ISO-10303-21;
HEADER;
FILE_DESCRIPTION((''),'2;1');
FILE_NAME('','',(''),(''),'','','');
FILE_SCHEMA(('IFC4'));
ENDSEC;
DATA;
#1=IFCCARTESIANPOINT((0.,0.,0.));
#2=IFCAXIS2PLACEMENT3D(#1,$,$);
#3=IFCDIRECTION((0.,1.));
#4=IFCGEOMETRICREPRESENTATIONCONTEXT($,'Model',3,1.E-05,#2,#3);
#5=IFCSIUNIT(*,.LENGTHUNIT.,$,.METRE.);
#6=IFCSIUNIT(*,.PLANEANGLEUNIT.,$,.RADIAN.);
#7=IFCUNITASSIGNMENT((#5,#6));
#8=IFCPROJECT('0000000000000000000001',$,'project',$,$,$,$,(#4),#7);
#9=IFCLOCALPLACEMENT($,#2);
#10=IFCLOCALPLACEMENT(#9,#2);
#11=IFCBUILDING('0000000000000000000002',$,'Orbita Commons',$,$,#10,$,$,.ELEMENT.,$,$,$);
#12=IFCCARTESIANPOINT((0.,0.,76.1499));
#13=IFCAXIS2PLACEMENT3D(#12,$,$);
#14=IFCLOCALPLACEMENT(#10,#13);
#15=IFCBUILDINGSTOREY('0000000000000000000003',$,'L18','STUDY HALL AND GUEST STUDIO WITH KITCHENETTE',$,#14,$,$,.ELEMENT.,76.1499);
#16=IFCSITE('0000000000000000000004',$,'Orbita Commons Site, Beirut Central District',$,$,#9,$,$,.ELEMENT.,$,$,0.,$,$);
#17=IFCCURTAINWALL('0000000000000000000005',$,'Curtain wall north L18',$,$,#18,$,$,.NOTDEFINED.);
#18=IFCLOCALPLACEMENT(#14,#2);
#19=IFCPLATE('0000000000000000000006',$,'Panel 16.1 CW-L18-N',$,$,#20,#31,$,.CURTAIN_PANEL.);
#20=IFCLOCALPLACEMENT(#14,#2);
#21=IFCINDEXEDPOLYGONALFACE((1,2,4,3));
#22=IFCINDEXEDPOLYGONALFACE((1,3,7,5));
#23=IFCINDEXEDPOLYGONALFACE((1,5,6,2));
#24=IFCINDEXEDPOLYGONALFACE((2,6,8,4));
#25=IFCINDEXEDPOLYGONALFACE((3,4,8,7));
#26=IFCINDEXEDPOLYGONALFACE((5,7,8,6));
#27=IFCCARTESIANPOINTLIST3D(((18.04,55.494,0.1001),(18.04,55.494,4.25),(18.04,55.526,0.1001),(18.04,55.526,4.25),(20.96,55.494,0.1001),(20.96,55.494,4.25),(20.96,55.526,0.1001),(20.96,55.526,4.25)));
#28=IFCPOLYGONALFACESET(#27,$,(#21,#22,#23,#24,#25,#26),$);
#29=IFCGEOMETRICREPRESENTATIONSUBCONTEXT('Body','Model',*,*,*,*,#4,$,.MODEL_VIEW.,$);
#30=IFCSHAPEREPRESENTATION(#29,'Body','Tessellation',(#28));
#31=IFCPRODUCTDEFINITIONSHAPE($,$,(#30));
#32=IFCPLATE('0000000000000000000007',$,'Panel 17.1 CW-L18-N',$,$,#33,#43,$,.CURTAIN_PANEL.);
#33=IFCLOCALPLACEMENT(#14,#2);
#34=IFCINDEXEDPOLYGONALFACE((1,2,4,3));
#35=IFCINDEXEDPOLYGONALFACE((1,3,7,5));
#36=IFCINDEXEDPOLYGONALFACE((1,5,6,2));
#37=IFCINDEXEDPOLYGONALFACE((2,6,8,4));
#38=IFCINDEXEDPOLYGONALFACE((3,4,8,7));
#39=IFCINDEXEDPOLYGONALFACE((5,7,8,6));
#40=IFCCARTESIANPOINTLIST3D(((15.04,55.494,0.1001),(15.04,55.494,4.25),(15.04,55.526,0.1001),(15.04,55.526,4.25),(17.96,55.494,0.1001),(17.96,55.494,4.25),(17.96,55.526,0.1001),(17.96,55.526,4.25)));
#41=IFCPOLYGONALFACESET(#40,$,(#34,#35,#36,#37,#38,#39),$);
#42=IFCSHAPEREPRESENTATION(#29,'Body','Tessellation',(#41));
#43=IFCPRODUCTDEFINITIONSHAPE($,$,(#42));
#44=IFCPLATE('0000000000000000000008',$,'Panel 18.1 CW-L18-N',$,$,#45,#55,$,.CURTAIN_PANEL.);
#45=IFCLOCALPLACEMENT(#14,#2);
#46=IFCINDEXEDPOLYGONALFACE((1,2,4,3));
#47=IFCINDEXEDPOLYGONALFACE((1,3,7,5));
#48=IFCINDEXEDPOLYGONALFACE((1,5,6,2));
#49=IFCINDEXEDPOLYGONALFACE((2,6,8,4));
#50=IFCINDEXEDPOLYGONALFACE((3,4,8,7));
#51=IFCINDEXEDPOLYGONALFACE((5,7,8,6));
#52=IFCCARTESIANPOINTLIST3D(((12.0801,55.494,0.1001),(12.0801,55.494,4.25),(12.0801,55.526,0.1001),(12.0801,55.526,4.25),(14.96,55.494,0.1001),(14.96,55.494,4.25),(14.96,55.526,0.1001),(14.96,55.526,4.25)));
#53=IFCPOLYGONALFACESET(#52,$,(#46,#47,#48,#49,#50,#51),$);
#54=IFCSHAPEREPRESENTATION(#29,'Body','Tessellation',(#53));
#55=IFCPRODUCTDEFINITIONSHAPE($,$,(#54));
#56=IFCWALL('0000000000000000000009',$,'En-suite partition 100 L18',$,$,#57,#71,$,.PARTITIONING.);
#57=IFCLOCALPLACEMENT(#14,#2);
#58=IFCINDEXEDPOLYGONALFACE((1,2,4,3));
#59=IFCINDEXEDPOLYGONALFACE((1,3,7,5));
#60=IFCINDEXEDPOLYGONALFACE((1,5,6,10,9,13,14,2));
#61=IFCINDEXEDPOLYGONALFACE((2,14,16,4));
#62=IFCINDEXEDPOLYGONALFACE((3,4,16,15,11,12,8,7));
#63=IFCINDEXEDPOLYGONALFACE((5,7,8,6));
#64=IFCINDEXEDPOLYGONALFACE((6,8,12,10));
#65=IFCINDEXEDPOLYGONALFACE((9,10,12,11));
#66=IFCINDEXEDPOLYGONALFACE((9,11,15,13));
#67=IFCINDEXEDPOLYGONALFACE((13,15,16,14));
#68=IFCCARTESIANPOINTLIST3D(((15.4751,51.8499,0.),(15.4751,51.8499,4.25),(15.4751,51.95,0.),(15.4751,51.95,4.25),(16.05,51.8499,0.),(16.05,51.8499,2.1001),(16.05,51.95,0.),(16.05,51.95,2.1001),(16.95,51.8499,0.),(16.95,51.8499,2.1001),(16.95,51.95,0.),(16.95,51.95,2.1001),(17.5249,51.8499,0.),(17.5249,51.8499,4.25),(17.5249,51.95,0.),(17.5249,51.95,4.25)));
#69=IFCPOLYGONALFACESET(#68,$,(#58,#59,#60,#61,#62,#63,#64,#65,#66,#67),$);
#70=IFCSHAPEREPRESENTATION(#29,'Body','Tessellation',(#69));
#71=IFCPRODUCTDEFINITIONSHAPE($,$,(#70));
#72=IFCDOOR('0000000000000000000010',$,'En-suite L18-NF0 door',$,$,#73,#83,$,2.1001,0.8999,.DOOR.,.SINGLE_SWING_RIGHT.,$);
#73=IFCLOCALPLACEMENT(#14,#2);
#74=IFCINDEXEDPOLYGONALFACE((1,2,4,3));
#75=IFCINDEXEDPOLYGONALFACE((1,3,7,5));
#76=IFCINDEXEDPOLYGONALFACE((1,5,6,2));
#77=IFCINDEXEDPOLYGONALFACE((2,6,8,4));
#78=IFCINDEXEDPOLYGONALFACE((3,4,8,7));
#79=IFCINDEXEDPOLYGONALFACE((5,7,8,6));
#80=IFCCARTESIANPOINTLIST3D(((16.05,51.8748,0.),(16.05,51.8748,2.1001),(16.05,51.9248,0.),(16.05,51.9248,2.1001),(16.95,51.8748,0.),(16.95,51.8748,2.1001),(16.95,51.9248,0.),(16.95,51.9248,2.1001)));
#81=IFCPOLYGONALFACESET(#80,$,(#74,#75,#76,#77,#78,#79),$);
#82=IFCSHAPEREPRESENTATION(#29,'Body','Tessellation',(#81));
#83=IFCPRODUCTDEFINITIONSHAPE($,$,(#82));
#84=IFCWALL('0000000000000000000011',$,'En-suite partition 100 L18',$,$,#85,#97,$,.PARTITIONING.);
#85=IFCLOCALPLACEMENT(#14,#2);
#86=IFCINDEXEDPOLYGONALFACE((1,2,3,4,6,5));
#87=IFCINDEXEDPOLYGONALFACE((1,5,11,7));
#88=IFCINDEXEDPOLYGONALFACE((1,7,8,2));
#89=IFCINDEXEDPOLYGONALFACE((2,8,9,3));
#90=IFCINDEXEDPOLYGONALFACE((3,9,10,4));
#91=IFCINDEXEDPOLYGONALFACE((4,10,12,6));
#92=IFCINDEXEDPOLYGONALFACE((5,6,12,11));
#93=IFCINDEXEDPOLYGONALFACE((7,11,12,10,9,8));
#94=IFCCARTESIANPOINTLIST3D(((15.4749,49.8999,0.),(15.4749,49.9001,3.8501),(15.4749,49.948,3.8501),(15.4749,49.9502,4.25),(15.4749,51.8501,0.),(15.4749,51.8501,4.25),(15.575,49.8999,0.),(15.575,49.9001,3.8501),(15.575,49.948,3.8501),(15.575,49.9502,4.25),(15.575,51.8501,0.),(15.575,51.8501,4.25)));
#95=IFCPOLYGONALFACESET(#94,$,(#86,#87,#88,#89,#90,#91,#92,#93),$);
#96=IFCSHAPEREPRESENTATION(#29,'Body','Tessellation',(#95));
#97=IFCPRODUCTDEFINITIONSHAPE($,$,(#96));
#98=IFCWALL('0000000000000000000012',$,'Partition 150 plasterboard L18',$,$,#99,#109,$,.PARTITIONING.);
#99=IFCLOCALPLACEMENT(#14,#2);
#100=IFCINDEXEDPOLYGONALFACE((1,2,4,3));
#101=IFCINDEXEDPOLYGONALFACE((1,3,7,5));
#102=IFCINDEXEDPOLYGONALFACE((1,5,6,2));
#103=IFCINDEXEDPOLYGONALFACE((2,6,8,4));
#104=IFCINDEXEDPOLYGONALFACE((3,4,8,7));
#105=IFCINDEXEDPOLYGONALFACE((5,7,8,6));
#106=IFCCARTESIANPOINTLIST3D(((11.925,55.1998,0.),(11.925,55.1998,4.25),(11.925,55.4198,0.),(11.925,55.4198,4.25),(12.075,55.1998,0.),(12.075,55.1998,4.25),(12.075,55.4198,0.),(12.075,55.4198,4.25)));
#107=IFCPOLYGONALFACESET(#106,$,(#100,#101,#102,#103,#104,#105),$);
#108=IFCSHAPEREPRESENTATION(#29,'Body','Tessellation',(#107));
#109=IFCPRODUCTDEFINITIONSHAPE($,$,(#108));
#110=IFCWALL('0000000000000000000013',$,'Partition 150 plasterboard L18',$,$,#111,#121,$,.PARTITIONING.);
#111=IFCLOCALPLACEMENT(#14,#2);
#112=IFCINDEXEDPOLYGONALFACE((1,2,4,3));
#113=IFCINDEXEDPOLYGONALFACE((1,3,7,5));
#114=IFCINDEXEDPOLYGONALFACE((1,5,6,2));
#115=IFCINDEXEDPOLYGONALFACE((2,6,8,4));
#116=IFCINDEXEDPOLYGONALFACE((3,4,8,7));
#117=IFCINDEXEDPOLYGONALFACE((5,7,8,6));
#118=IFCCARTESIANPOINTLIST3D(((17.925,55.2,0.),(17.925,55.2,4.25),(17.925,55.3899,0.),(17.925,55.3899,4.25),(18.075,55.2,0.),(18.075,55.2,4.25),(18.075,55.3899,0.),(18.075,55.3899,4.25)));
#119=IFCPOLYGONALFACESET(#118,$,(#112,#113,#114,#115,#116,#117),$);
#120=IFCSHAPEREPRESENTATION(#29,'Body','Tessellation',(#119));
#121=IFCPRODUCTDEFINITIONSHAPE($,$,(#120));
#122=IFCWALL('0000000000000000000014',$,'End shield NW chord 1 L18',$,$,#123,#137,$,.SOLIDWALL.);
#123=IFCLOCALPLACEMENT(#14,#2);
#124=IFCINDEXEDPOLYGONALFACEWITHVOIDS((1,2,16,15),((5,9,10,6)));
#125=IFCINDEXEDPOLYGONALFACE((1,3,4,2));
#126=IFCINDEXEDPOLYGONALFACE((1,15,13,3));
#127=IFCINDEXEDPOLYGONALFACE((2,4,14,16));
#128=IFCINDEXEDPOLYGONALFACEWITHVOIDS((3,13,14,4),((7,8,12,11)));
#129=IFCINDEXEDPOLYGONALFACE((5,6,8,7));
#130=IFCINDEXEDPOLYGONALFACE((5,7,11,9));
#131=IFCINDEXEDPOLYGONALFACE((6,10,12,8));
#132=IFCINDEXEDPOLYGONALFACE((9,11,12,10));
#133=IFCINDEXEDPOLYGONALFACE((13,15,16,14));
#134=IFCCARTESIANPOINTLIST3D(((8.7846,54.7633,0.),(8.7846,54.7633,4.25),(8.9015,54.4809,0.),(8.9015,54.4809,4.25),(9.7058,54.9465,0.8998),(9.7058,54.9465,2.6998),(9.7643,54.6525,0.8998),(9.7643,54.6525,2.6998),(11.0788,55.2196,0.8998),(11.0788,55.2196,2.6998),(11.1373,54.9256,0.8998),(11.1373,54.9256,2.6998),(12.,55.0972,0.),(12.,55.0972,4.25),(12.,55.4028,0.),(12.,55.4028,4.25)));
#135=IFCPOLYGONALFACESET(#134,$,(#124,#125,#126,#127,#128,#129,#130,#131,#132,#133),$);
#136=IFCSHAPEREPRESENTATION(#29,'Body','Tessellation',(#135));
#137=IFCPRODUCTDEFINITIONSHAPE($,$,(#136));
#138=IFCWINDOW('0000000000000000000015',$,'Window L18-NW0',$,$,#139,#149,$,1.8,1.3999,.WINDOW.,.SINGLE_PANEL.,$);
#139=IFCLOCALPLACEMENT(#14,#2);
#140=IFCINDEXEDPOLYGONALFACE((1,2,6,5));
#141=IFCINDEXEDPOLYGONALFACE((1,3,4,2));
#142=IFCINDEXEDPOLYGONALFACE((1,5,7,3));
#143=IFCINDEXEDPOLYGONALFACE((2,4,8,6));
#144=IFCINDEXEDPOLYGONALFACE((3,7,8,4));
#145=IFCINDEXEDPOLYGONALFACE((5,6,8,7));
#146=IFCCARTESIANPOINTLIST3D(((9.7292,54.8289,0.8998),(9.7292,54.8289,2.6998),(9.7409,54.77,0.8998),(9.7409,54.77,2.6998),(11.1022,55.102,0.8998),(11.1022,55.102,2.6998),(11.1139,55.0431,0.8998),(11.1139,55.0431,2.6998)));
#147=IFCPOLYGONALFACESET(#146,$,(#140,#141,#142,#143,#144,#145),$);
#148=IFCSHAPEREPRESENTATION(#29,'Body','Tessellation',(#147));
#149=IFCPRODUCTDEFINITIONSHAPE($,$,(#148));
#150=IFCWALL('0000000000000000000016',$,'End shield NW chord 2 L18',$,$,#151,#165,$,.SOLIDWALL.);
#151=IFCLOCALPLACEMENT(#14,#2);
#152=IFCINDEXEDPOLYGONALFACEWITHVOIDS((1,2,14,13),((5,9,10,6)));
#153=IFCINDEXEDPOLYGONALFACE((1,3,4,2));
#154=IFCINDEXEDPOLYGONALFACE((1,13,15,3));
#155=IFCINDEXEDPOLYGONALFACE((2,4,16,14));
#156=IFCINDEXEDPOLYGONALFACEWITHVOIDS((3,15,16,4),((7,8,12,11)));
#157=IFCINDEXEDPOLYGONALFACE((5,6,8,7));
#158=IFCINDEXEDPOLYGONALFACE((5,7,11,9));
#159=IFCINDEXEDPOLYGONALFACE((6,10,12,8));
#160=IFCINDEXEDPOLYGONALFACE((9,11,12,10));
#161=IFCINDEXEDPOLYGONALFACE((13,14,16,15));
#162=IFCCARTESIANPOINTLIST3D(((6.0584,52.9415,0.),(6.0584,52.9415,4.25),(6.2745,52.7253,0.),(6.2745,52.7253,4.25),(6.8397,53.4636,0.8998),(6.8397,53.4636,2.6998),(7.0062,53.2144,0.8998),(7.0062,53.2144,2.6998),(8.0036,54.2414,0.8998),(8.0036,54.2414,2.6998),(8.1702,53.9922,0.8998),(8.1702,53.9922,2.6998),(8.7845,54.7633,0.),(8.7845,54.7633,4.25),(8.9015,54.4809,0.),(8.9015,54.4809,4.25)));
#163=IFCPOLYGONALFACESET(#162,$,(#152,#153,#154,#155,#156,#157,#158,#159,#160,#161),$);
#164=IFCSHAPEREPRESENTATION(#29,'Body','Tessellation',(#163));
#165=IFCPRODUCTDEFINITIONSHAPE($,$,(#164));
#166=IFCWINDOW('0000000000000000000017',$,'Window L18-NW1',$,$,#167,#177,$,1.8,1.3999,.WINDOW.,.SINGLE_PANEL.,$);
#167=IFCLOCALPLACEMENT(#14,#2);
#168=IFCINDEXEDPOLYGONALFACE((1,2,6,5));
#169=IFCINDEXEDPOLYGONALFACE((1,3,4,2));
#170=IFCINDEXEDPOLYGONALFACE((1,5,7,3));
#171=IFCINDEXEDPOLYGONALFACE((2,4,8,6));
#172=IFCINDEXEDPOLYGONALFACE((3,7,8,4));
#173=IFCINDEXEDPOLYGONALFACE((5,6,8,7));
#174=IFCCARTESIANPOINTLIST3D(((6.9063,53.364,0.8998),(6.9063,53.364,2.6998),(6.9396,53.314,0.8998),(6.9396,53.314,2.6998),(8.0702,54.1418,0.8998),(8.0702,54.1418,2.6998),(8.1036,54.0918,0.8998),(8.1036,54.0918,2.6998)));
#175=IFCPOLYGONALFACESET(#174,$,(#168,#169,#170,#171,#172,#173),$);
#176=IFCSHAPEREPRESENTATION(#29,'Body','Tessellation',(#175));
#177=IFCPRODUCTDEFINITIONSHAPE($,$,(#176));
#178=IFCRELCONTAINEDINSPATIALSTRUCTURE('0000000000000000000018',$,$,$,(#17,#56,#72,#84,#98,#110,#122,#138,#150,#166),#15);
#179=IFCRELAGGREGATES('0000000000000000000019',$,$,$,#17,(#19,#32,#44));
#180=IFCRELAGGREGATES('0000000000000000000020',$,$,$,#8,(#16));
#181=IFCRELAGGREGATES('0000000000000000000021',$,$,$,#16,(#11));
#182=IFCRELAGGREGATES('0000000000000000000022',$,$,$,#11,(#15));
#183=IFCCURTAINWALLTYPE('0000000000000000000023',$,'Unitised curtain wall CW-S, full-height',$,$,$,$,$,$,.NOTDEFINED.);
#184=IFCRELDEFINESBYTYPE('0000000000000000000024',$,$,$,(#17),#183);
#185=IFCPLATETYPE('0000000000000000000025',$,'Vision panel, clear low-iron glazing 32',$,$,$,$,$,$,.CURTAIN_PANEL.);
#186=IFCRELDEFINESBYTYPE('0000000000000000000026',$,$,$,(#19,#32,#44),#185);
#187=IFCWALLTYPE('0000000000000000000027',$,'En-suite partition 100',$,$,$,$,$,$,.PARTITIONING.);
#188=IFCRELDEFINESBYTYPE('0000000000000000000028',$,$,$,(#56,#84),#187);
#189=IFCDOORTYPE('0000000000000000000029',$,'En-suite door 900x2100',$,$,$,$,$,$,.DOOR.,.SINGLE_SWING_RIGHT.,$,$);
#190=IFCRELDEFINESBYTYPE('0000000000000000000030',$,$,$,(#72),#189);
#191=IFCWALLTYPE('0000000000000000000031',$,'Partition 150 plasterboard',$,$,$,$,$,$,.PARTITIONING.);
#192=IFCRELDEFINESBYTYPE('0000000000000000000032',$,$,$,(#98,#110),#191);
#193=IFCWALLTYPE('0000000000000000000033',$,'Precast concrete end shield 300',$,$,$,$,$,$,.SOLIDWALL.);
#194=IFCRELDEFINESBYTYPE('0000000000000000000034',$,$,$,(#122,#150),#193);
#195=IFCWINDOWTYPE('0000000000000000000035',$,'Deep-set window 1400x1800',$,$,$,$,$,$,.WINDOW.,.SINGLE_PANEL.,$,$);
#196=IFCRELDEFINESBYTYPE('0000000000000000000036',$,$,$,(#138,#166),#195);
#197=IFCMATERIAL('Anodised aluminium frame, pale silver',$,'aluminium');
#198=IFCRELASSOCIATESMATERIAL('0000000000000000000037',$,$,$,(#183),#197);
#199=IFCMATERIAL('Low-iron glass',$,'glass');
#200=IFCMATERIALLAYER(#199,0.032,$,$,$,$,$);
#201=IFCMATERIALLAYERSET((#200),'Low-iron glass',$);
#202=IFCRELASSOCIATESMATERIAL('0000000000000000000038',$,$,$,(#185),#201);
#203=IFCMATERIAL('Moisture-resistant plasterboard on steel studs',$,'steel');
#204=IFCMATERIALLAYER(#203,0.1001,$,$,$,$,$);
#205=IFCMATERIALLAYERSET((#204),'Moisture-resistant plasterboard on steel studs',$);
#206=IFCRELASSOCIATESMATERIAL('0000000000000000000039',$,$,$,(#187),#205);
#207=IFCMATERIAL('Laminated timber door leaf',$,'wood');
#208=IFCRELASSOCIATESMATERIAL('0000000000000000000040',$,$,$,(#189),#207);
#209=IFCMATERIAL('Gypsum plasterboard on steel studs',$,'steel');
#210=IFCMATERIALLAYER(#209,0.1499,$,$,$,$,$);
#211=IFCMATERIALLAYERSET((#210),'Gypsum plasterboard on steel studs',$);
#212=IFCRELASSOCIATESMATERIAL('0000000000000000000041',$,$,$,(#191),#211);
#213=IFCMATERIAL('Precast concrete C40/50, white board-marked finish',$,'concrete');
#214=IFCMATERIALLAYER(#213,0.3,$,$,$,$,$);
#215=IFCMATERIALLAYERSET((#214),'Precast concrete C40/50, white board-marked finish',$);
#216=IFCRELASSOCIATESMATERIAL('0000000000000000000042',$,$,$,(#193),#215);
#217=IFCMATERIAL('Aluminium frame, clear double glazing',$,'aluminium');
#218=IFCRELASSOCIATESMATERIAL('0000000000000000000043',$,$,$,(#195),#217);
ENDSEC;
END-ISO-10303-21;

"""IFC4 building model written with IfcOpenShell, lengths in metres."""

from ifc_helpers import new_model, si_unit, direction, frame, frame_2d, origin, origin_2d, place, context, subcontext, project, spatial, polyline, rectangle, outline, extrude, material, layer, layer_set, type_object, element, fill, aggregate, save


model = new_model("IFC4")

# Units and contexts
model_context = context("Model", 3, precision=1e-05, world=origin(), true_north=direction((0.0, 1.0)))
body_context = subcontext(model_context, "Body", "Model", "MODEL_VIEW")
ifc_project = project(units=[si_unit("LENGTHUNIT", "METRE"), si_unit("PLANEANGLEUNIT", "RADIAN")], contexts=[model_context])

# Site, building, storey
site_placement = place(None, origin())
site = spatial("IfcSite", under=ifc_project, at=site_placement, Name="Orbita Commons Site, Beirut Central District", CompositionType="ELEMENT", RefElevation=0.0)
building_placement = place(site_placement, origin())
building = spatial("IfcBuilding", under=site, at=building_placement, Name="Orbita Commons", CompositionType="ELEMENT")
storey_placement = place(building_placement, frame((0.0, 0.0, 76.1499)))
storey = spatial("IfcBuildingStorey", under=building, at=storey_placement, Name="L18", Description="STUDY HALL AND GUEST STUDIO WITH KITCHENETTE", CompositionType="ELEMENT", Elevation=76.1499)

# Curtain wall
ifc_material_1 = material(Name="Anodised aluminium frame, pale silver", Category="aluminium")
curtain_wall_type = type_object("IfcCurtainWallType", Name="Unitised curtain wall CW-S, full-height", PredefinedType="NOTDEFINED", material=ifc_material_1)
curtain_wall_placement = place(storey_placement, origin())
curtain_wall = element("IfcCurtainWall", 1, at=curtain_wall_placement, inside=storey, type_object=curtain_wall_type, Name="Curtain wall north L18", PredefinedType="NOTDEFINED")

# Plates
ifc_material_2 = material(Name="Low-iron glass", Category="glass")
ifc_layer_1 = layer(ifc_material_2, 0.032)
ifc_layer_set_1 = layer_set([ifc_layer_1], Name="Low-iron glass")
plate_type = type_object("IfcPlateType", Name="Vision panel, clear low-iron glazing 32", PredefinedType="CURTAIN_PANEL", material=ifc_layer_set_1)
plate_1_placement = place(storey_placement, frame((19.5, 55.51, 0.1001), z_axis=(0.0, 0.0, 1.0), x_axis=(-1.0, 0.0, 0.0)))
plate_1 = element("IfcPlate", 2, at=plate_1_placement, type_object=plate_type, Name="Panel 16.1 CW-L18-N", PredefinedType="CURTAIN_PANEL", context=body_context, shape_type="SweptSolid", body=[
    extrude(rectangle(XDim=2.9199, YDim=0.032, at=origin_2d()), origin(), (0.0, 0.0, 1.0), 4.1499),
])
plate_2_placement = place(storey_placement, frame((16.5, 55.51, 0.1001), z_axis=(0.0, 0.0, 1.0), x_axis=(-1.0, 0.0, 0.0)))
plate_2 = element("IfcPlate", 3, at=plate_2_placement, type_object=plate_type, Name="Panel 17.1 CW-L18-N", PredefinedType="CURTAIN_PANEL", context=body_context, shape_type="SweptSolid", body=[
    extrude(rectangle(XDim=2.9199, YDim=0.032, at=origin_2d()), origin(), (0.0, 0.0, 1.0), 4.1499),
])
plate_3_placement = place(storey_placement, frame((13.52, 55.51, 0.1001), z_axis=(0.0, 0.0, 1.0), x_axis=(-1.0, 0.0, 0.0)))
plate_3 = element("IfcPlate", 4, at=plate_3_placement, type_object=plate_type, Name="Panel 18.1 CW-L18-N", PredefinedType="CURTAIN_PANEL", context=body_context, shape_type="SweptSolid", body=[
    extrude(rectangle(XDim=2.8799, YDim=0.032, at=origin_2d()), origin(), (0.0, 0.0, 1.0), 4.1499),
])
aggregate(curtain_wall, [plate_1, plate_2, plate_3])

# Wall, opening, door
ifc_material_3 = material(Name="Moisture-resistant plasterboard on steel studs", Category="steel")
ifc_layer_2 = layer(ifc_material_3, 0.1001)
ifc_layer_set_2 = layer_set([ifc_layer_2], Name="Moisture-resistant plasterboard on steel studs")
wall_type_1 = type_object("IfcWallType", Name="En-suite partition 100", PredefinedType="PARTITIONING", material=ifc_layer_set_2)
wall_1_placement = place(storey_placement, frame((15.4751, 51.8999, 0.0), z_axis=(0.0, 0.0, 1.0), x_axis=(1.0, 0.0, 0.0)))
wall_1 = element("IfcWall", 5, at=wall_1_placement, inside=storey, type_object=wall_type_1, Name="En-suite partition 100 L18", PredefinedType="PARTITIONING", context=body_context, shape_type="SweptSolid", body=[
    extrude(rectangle(XDim=2.0498, YDim=0.1001, at=frame_2d((1.0249, 0.0))), origin(), (0.0, 0.0, 1.0), 4.25),
])
opening_1_placement = place(wall_1_placement, frame((0.575, 0.0, 0.0)))
opening_1 = element("IfcOpeningElement", 6, at=opening_1_placement, cuts=wall_1, PredefinedType="OPENING", context=body_context, shape_type="SweptSolid", body=[
    extrude(rectangle(XDim=0.8999, YDim=2.1001, at=frame_2d((0.45, 1.05))), frame((0.0, 0.0601, 0.0), z_axis=(0.0, -1.0, 0.0), x_axis=(1.0, 0.0, 0.0)), (0.0, 0.0, 1.0), 0.1201),
])
ifc_material_4 = material(Name="Laminated timber door leaf", Category="wood")
door_type = type_object("IfcDoorType", Name="En-suite door 900x2100", OperationType="SINGLE_SWING_RIGHT", PredefinedType="DOOR", material=ifc_material_4)
door_placement = place(opening_1_placement, origin())
door = element("IfcDoor", 7, at=door_placement, inside=storey, type_object=door_type, Name="En-suite L18-NF0 door", OperationType="SINGLE_SWING_RIGHT", OverallHeight=2.1001, OverallWidth=0.8999, PredefinedType="DOOR", context=body_context, shape_type="SweptSolid", body=[
    extrude(rectangle(XDim=0.8999, YDim=2.1001, at=frame_2d((0.45, 1.05))), frame((0.0, 0.0249, 0.0), z_axis=(0.0, -1.0, 0.0), x_axis=(1.0, 0.0, 0.0)), (0.0, 0.0, 1.0), 0.05),
])
fill(opening_1, door)

# Walls
wall_2_placement = place(storey_placement, frame((15.5249, 51.8501, 0.0), z_axis=(0.0, 0.0, 1.0), x_axis=(0.0, -1.0, 0.0)))
element("IfcWall", 8, at=wall_2_placement, inside=storey, type_object=wall_type_1, Name="En-suite partition 100 L18", PredefinedType="PARTITIONING", context=body_context, shape_type="SweptSolid", body=[
    extrude(outline(polyline([(0.0, 0.0), (1.9502, 0.0), (1.95, 3.8501), (1.9021, 3.8501), (1.8999, 4.25), (0.0, 4.25), (0.0, 0.0)])), frame((0.0, 0.05, 0.0), z_axis=(0.0, -1.0, 0.0), x_axis=(1.0, 0.0, 0.0)), (0.0, 0.0, 1.0), 0.1001),
])
ifc_material_5 = material(Name="Gypsum plasterboard on steel studs", Category="steel")
ifc_layer_3 = layer(ifc_material_5, 0.1499)
ifc_layer_set_3 = layer_set([ifc_layer_3], Name="Gypsum plasterboard on steel studs")
wall_type_2 = type_object("IfcWallType", Name="Partition 150 plasterboard", PredefinedType="PARTITIONING", material=ifc_layer_set_3)
wall_3_placement = place(storey_placement, frame((12.0, 55.2, 0.0), z_axis=(0.0, 0.0, 1.0), x_axis=(0.0, 1.0, 0.0)))
element("IfcWall", 9, at=wall_3_placement, inside=storey, type_object=wall_type_2, Name="Partition 150 plasterboard L18", PredefinedType="PARTITIONING", context=body_context, shape_type="SweptSolid", body=[
    extrude(rectangle(XDim=0.22, YDim=0.1499, at=frame_2d((0.1099, 0.0))), origin(), (0.0, 0.0, 1.0), 4.25),
])
wall_4_placement = place(storey_placement, frame((18.0, 55.2, 0.0), z_axis=(0.0, 0.0, 1.0), x_axis=(0.0, 1.0, 0.0)))
element("IfcWall", 10, at=wall_4_placement, inside=storey, type_object=wall_type_2, Name="Partition 150 plasterboard L18", PredefinedType="PARTITIONING", context=body_context, shape_type="SweptSolid", body=[
    extrude(rectangle(XDim=0.1899, YDim=0.1499, at=frame_2d((0.095, 0.0))), origin(), (0.0, 0.0, 1.0), 4.25),
])

# Walls, openings, windows
ifc_material_6 = material(Name="Precast concrete C40/50, white board-marked finish", Category="concrete")
ifc_layer_4 = layer(ifc_material_6, 0.3)
ifc_layer_set_4 = layer_set([ifc_layer_4], Name="Precast concrete C40/50, white board-marked finish")
wall_type_3 = type_object("IfcWallType", Name="Precast concrete end shield 300", PredefinedType="SOLIDWALL", material=ifc_layer_set_4)
wall_5_placement = place(storey_placement, frame((12.0, 55.25, 0.0), z_axis=(0.0, 0.0, 1.0), x_axis=(-0.980787, -0.19508, 0.0)))
wall_5 = element("IfcWall", 11, at=wall_5_placement, inside=storey, type_object=wall_type_3, Name="End shield NW chord 1 L18", PredefinedType="SOLIDWALL", context=body_context, shape_type="SweptSolid", body=[
    extrude(outline(polyline([(-0.0298, -0.1499), (3.2485, -0.1499), (3.189, 0.1499), (0.0298, 0.1499), (-0.0298, -0.1499)])), origin(), (0.0, 0.0, 1.0), 4.25),
])
opening_2_placement = place(wall_5_placement, frame((0.9094, 0.0, 0.8999)))
opening_2 = element("IfcOpeningElement", 12, at=opening_2_placement, cuts=wall_5, PredefinedType="OPENING", context=body_context, shape_type="SweptSolid", body=[
    extrude(rectangle(XDim=1.3999, YDim=1.8, at=frame_2d((0.7, 0.8999))), frame((0.0, 0.1599, 0.0), z_axis=(0.0, -1.0, 0.0), x_axis=(1.0, 0.0, 0.0)), (0.0, 0.0, 1.0), 0.3201),
])
ifc_material_7 = material(Name="Aluminium frame, clear double glazing", Category="aluminium")
window_type = type_object("IfcWindowType", Name="Deep-set window 1400x1800", PartitioningType="SINGLE_PANEL", PredefinedType="WINDOW", material=ifc_material_7)
window_1_placement = place(opening_2_placement, origin())
window_1 = element("IfcWindow", 13, at=window_1_placement, inside=storey, type_object=window_type, Name="Window L18-NW0", OverallHeight=1.8, OverallWidth=1.3999, PartitioningType="SINGLE_PANEL", PredefinedType="WINDOW", context=body_context, shape_type="SweptSolid", body=[
    extrude(rectangle(XDim=1.3999, YDim=1.8, at=frame_2d((0.7, 0.8999))), frame((0.0, 0.03, 0.0), z_axis=(0.0, -1.0, 0.0), x_axis=(1.0, 0.0, 0.0)), (0.0, 0.0, 1.0), 0.0601),
])
fill(opening_2, window_1)
wall_6_placement = place(storey_placement, frame((8.843, 54.6221, 0.0), z_axis=(0.0, 0.0, 1.0), x_axis=(-0.831443, -0.55561, 0.0)))
wall_6 = element("IfcWall", 14, at=wall_6_placement, inside=storey, type_object=wall_type_3, Name="End shield NW chord 2 L18", PredefinedType="SOLIDWALL", context=body_context, shape_type="SweptSolid", body=[
    extrude(outline(polyline([(-0.0298, -0.1499), (3.249, -0.1499), (3.1895, 0.1499), (0.0298, 0.1499), (-0.0298, -0.1499)])), origin(), (0.0, 0.0, 1.0), 4.25),
])
opening_3_placement = place(wall_6_placement, frame((0.9094, 0.0, 0.8999)))
opening_3 = element("IfcOpeningElement", 15, at=opening_3_placement, cuts=wall_6, PredefinedType="OPENING", context=body_context, shape_type="SweptSolid", body=[
    extrude(rectangle(XDim=1.3999, YDim=1.8, at=frame_2d((0.7, 0.8999))), frame((0.0, 0.1599, 0.0), z_axis=(0.0, -1.0, 0.0), x_axis=(1.0, 0.0, 0.0)), (0.0, 0.0, 1.0), 0.3201),
])
window_2_placement = place(opening_3_placement, origin())
window_2 = element("IfcWindow", 16, at=window_2_placement, inside=storey, type_object=window_type, Name="Window L18-NW1", OverallHeight=1.8, OverallWidth=1.3999, PartitioningType="SINGLE_PANEL", PredefinedType="WINDOW", context=body_context, shape_type="SweptSolid", body=[
    extrude(rectangle(XDim=1.3999, YDim=1.8, at=frame_2d((0.7, 0.8999))), frame((0.0, 0.03, 0.0), z_axis=(0.0, -1.0, 0.0), x_axis=(1.0, 0.0, 0.0)), (0.0, 0.0, 1.0), 0.0601),
])
fill(opening_3, window_2)

save(model, "model.ifc")
